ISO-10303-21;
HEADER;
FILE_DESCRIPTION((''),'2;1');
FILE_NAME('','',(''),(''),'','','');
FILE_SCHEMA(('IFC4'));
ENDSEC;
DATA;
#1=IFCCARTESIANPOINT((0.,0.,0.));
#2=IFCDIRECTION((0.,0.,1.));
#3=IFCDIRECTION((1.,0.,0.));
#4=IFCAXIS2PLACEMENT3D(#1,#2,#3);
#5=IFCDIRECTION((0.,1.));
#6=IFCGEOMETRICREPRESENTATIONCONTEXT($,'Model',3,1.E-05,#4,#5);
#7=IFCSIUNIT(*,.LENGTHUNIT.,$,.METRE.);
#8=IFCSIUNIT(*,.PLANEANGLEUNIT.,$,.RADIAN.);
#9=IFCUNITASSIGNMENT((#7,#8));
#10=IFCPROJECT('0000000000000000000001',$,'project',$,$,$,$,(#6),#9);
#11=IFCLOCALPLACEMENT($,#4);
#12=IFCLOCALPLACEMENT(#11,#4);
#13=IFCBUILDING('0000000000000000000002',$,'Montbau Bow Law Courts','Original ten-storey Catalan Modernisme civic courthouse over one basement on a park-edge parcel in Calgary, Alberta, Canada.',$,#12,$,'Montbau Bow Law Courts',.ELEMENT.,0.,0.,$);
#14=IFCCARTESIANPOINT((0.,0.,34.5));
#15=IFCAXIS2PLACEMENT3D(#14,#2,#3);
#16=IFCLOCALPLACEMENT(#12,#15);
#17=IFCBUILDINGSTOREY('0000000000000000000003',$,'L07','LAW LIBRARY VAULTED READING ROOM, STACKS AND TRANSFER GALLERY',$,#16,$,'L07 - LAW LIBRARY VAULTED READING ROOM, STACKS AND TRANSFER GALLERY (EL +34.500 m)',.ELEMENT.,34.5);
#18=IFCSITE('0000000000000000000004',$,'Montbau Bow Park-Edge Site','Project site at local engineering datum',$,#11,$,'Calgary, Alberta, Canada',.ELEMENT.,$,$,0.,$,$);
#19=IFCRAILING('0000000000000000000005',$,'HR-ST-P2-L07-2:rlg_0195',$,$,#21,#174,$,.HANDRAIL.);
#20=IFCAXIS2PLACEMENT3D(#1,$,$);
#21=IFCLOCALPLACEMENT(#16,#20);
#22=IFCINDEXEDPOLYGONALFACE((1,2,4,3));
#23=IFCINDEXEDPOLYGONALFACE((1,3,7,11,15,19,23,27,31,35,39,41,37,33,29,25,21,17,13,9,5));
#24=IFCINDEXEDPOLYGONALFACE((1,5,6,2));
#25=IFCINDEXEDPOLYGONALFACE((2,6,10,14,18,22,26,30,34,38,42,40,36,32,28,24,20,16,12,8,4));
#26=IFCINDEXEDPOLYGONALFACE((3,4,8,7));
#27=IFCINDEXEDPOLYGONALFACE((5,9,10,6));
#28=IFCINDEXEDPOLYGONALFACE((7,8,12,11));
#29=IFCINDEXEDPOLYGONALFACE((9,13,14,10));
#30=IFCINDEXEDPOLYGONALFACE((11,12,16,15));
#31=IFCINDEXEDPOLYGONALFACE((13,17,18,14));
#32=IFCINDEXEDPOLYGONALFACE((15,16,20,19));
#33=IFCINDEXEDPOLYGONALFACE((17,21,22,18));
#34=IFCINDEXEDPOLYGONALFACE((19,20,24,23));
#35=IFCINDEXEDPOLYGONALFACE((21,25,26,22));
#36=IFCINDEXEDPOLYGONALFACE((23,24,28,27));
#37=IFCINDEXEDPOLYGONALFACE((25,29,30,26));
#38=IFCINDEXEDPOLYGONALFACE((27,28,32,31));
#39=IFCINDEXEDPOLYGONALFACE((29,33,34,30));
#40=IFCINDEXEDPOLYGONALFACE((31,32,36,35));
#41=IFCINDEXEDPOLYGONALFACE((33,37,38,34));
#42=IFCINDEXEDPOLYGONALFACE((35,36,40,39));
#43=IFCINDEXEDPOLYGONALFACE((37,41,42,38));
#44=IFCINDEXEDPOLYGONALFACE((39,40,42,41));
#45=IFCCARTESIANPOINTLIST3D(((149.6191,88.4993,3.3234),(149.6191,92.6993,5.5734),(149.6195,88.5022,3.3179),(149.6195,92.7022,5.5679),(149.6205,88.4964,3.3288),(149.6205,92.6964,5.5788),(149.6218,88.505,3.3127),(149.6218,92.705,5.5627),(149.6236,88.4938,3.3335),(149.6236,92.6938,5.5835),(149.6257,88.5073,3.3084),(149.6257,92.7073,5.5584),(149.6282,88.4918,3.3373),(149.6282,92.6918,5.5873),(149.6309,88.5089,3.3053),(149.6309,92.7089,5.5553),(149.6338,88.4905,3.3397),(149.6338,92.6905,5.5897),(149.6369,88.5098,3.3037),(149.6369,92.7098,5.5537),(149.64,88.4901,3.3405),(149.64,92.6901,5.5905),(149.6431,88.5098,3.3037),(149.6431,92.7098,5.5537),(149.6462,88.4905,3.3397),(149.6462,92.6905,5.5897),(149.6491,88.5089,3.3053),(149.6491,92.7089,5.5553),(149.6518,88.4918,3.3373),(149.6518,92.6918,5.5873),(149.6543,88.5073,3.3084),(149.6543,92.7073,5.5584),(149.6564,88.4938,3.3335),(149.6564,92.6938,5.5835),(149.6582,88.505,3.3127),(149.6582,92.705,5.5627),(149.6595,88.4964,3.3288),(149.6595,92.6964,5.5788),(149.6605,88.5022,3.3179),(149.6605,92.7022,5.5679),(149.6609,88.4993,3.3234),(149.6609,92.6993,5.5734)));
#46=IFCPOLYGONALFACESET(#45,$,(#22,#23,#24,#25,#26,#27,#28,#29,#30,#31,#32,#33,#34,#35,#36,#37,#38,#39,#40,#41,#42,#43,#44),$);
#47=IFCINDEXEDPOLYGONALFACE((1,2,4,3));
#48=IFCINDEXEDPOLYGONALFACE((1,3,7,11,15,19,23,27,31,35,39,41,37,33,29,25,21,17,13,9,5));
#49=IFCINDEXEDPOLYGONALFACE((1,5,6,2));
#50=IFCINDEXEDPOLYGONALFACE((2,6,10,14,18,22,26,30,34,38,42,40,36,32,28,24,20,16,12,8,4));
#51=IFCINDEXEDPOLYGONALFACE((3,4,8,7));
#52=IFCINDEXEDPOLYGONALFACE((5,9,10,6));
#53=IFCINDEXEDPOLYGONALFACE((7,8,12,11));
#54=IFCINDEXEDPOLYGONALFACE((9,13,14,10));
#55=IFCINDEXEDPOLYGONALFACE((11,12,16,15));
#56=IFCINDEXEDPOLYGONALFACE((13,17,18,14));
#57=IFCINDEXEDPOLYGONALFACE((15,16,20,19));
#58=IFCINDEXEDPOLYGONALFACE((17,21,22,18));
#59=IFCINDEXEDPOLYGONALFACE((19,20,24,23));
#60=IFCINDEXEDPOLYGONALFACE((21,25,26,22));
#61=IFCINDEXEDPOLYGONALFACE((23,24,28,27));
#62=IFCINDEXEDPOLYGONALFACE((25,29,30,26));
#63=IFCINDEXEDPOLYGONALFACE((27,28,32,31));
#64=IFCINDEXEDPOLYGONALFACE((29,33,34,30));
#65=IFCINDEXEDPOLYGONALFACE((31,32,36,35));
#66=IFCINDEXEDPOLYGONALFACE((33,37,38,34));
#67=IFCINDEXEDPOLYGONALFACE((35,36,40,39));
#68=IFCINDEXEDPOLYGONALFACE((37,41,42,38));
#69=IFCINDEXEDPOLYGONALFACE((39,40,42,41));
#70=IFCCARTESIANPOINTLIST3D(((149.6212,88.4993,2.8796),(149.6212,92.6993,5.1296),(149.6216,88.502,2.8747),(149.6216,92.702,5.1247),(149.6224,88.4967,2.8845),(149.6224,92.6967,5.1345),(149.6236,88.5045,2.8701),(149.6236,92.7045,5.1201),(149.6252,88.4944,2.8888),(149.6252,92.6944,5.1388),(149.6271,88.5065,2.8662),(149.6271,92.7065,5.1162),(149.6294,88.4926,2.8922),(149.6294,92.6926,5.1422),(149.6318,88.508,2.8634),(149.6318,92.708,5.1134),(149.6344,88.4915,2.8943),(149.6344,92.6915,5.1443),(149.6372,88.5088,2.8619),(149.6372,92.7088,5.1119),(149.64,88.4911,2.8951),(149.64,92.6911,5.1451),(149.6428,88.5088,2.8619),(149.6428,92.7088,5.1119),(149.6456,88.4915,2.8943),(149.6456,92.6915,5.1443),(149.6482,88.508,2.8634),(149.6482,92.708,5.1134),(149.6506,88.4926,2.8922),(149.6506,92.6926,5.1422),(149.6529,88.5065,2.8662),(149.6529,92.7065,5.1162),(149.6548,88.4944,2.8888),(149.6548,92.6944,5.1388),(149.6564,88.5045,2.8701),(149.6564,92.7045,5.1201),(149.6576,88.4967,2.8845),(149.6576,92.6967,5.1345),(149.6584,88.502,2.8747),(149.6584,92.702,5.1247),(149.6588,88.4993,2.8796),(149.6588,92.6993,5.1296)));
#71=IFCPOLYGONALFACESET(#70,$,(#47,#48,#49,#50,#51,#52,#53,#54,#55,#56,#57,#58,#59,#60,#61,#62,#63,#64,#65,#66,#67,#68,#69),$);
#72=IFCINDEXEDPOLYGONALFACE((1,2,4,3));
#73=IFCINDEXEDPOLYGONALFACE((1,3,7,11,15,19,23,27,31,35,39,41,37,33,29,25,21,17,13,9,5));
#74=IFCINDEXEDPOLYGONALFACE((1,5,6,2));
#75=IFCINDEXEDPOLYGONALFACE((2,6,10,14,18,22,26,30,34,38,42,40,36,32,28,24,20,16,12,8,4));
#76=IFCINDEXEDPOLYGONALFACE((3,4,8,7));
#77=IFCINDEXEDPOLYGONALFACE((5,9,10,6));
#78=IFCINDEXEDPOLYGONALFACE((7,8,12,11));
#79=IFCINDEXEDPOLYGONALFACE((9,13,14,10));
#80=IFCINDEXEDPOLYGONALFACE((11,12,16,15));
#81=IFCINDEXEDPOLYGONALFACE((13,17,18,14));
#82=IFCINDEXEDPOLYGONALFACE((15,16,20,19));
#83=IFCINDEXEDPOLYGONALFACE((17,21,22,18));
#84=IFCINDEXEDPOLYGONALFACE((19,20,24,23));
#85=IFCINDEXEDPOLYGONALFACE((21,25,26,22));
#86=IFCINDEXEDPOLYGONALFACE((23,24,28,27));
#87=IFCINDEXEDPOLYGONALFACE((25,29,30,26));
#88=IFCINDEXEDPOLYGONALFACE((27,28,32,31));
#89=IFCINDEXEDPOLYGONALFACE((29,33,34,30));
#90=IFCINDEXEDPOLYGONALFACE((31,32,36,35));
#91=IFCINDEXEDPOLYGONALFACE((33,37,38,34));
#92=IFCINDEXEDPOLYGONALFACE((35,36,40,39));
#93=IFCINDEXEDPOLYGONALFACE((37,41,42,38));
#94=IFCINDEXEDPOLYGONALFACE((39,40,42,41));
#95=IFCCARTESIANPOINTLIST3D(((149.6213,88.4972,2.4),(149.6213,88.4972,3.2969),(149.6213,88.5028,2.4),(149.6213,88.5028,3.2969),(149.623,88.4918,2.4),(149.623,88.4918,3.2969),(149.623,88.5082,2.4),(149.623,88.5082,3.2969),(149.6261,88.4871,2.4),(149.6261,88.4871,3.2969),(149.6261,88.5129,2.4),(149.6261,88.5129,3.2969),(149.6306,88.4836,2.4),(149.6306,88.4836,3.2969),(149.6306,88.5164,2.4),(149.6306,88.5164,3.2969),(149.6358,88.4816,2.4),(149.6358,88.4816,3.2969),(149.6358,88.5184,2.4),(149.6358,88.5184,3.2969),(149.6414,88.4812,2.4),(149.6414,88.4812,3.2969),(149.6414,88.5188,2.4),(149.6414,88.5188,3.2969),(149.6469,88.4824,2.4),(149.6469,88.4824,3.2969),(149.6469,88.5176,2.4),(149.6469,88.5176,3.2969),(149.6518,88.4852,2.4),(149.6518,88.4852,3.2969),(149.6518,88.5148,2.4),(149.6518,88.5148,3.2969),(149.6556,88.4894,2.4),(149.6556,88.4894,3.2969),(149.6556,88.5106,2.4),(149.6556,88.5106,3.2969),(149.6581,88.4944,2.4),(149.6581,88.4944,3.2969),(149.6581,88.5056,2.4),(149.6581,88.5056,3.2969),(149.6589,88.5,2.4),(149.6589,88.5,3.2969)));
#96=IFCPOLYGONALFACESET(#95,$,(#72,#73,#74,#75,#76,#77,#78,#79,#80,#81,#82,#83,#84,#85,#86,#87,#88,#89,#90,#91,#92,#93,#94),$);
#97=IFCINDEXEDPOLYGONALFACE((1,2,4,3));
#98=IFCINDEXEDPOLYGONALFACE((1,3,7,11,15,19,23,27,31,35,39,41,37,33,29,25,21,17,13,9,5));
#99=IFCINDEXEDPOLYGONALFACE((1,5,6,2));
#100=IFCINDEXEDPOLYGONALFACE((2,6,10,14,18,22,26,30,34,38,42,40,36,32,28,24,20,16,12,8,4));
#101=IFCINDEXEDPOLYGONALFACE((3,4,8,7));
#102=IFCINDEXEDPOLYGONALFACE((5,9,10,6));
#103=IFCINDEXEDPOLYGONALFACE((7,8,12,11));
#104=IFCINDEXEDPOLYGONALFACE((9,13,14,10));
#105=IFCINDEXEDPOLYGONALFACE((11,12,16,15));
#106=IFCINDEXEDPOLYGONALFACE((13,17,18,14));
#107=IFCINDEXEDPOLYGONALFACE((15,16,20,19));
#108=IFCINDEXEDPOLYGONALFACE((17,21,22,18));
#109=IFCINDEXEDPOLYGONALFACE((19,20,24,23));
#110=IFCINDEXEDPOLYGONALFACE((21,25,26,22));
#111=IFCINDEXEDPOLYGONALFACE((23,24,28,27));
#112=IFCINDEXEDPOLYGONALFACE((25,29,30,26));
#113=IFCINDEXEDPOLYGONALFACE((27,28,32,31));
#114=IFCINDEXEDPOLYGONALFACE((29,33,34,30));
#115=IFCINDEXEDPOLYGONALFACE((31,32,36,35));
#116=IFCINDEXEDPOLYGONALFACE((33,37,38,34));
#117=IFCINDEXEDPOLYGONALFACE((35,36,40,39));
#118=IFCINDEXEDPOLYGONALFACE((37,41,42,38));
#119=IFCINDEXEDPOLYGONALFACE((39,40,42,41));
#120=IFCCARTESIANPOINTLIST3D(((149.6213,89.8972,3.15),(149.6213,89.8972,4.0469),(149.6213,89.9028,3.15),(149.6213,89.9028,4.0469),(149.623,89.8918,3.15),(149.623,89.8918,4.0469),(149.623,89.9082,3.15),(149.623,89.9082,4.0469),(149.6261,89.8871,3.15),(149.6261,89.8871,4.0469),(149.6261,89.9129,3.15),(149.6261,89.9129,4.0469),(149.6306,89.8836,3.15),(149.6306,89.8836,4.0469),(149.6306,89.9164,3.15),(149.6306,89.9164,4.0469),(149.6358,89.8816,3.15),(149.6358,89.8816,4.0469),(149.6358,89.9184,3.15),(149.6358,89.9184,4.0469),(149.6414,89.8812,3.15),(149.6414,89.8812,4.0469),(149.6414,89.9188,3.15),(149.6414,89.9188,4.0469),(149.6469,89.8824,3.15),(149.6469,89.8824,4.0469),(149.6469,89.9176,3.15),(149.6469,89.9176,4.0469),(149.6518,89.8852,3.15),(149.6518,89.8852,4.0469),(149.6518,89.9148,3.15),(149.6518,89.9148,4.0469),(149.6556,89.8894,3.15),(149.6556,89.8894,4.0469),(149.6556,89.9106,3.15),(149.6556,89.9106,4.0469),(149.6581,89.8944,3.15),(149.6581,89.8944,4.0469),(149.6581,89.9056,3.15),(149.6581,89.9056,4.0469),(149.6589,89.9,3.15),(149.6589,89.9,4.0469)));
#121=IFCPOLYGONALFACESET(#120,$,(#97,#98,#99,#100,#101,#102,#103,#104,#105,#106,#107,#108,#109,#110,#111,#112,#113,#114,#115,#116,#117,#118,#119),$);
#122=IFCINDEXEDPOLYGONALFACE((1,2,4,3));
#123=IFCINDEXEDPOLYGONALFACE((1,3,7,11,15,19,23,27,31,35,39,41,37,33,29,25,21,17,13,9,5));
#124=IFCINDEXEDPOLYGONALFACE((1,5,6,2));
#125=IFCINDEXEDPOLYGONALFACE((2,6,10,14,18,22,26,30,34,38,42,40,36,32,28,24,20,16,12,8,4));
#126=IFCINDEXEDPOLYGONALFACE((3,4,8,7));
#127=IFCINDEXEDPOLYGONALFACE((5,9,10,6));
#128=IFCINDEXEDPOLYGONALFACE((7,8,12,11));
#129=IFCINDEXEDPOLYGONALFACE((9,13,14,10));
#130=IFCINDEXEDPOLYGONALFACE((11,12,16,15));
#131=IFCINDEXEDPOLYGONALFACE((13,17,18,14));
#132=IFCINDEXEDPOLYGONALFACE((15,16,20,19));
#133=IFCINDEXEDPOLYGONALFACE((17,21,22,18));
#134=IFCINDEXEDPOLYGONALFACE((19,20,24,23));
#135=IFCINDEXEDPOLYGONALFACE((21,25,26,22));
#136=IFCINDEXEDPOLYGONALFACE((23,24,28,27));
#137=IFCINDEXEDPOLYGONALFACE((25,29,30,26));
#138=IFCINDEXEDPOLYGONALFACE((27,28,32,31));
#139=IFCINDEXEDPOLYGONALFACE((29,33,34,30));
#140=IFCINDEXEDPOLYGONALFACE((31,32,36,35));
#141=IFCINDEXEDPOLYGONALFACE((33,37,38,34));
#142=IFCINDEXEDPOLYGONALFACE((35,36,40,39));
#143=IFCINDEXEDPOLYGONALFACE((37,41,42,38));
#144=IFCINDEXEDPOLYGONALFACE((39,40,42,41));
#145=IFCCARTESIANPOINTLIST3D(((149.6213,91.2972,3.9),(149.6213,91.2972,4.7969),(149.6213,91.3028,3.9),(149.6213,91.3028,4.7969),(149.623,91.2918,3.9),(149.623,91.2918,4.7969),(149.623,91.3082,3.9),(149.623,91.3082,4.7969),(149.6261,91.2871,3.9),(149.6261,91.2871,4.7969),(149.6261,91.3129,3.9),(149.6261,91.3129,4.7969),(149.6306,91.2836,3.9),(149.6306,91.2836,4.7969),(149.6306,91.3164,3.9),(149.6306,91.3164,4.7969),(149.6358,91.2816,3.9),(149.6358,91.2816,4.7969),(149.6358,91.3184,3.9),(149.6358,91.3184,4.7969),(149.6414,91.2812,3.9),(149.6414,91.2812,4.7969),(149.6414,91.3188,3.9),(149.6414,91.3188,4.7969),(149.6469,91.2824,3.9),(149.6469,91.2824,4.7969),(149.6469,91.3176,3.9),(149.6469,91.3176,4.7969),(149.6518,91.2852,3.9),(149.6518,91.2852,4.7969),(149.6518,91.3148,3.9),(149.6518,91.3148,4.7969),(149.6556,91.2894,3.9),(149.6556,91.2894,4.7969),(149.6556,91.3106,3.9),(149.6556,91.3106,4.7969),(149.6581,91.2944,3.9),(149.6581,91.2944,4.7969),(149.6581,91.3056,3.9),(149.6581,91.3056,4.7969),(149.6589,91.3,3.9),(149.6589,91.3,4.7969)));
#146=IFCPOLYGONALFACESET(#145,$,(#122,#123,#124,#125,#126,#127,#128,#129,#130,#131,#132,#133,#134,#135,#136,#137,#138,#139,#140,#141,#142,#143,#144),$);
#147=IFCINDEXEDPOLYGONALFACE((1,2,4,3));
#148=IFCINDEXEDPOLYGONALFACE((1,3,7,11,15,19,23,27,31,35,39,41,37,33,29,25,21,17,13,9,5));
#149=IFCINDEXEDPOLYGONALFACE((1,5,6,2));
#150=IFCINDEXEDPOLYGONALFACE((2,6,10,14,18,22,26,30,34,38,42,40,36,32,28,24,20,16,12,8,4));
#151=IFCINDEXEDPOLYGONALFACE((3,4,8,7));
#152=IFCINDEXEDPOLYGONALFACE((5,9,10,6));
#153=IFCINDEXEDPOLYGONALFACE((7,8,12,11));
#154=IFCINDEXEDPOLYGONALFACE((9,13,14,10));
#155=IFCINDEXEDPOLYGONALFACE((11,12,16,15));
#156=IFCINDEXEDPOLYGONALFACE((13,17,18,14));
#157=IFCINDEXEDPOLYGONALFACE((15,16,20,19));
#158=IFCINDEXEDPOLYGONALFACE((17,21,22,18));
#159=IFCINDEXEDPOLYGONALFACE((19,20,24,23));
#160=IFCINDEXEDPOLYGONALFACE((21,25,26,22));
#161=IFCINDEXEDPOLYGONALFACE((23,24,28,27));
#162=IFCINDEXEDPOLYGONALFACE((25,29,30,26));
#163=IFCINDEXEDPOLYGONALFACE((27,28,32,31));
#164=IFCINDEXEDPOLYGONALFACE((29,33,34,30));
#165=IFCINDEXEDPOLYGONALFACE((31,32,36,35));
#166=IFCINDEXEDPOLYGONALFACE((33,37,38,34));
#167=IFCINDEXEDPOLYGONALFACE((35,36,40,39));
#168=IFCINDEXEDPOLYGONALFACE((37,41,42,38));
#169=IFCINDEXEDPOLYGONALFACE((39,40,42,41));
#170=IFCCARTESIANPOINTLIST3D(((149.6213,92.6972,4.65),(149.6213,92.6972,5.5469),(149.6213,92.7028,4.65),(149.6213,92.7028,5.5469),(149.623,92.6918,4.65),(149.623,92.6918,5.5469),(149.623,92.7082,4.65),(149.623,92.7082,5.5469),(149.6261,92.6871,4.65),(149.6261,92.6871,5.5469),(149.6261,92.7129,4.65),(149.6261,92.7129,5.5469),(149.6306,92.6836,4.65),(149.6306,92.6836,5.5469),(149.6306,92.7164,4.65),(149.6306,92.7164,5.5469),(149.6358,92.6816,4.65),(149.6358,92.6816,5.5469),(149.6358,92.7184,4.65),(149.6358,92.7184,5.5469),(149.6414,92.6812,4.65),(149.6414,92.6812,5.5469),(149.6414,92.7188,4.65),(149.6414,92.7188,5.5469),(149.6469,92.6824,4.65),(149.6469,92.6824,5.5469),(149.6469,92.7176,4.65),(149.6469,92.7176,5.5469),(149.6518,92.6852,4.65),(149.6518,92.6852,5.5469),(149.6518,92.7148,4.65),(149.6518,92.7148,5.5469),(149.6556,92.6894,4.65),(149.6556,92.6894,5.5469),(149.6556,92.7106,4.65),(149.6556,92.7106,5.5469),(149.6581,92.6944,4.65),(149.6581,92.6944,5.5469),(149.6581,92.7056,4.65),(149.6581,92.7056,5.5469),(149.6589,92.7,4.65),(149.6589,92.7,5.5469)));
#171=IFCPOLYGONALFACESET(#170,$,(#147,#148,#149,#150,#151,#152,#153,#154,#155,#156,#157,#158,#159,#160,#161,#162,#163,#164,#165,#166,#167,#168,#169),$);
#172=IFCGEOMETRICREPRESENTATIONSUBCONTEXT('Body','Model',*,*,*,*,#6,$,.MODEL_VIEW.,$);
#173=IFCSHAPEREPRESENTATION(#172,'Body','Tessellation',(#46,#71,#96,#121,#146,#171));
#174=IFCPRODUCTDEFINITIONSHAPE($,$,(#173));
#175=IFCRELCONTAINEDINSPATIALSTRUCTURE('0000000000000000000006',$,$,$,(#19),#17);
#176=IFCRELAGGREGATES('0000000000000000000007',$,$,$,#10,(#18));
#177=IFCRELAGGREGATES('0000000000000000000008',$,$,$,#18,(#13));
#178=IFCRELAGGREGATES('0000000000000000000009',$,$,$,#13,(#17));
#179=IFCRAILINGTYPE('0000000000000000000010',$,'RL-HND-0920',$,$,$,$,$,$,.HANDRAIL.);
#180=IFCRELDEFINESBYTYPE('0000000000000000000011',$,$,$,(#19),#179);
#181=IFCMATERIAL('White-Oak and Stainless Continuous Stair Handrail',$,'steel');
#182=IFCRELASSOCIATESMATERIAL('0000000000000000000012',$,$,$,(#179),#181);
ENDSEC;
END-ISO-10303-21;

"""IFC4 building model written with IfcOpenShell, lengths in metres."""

from ifc_helpers import new_model, si_unit, direction, frame, origin_with_axes, origin_2d_with_axis, place, context, subcontext, project, spatial, circle, extrude, material, type_object, element, save


model = new_model("IFC4")

# Units and contexts
model_context = context("Model", 3, precision=1e-05, world=origin_with_axes(), true_north=direction((0.0, 1.0)))
body_context = subcontext(model_context, "Body", "Model", "MODEL_VIEW")
ifc_project = project(units=[si_unit("LENGTHUNIT", "METRE"), si_unit("PLANEANGLEUNIT", "RADIAN")], contexts=[model_context])

# Site, building, storey
site_placement = place(None, origin_with_axes())
site = spatial("IfcSite", under=ifc_project, at=site_placement, Name="Montbau Bow Park-Edge Site", Description="Project site at local engineering datum", LongName="Calgary, Alberta, Canada", CompositionType="ELEMENT", RefElevation=0.0)
building_placement = place(site_placement, origin_with_axes())
building = spatial("IfcBuilding", under=site, at=building_placement, Name="Montbau Bow Law Courts", Description="Original ten-storey Catalan Modernisme civic courthouse over one basement on a park-edge parcel in Calgary, Alberta, Canada.", LongName="Montbau Bow Law Courts", CompositionType="ELEMENT", ElevationOfRefHeight=0.0, ElevationOfTerrain=0.0)
storey_placement = place(building_placement, frame((0.0, 0.0, 34.5), z_axis=(0.0, 0.0, 1.0), x_axis=(1.0, 0.0, 0.0)))
storey = spatial("IfcBuildingStorey", under=building, at=storey_placement, Name="L07", Description="LAW LIBRARY VAULTED READING ROOM, STACKS AND TRANSFER GALLERY", LongName="L07 - LAW LIBRARY VAULTED READING ROOM, STACKS AND TRANSFER GALLERY (EL +34.500 m)", CompositionType="ELEMENT", Elevation=34.5)

# Railing
ifc_material_1 = material(Name="White-Oak and Stainless Continuous Stair Handrail", Category="steel")
railing_type_1 = type_object("IfcRailingType", Name="RL-HND-0920", PredefinedType="HANDRAIL", material=ifc_material_1)
railing_1_placement = place(None, origin_with_axes())
element("IfcRailing", 1, at=railing_1_placement, inside=storey, type_object=railing_type_1, Name="HR-ST-P2-L07-2:rlg_0195", PredefinedType="HANDRAIL", context=body_context, shape_type="SweptSolid", body=[
    extrude(circle(Radius=0.021, at=origin_2d_with_axis()), frame((149.64, 88.5, 37.822), z_axis=(0.0, 0.88148, 0.472221), x_axis=(0.0, -0.472221, 0.88148)), (0.0, 0.0, 1.0), 4.7647),
    extrude(circle(Radius=0.0189, at=origin_2d_with_axis()), frame((149.64, 88.5, 37.3784), z_axis=(0.0, 0.88148, 0.472221), x_axis=(0.0, -0.472221, 0.88148)), (0.0, 0.0, 1.0), 4.7647),
    extrude(circle(Radius=0.0189, at=origin_2d_with_axis()), frame((149.64, 88.5, 36.9), z_axis=(0.0, 0.0, 1.0), x_axis=(1.0, 0.0, 0.0)), (0.0, 0.0, 1.0), 0.8969),
    extrude(circle(Radius=0.0189, at=origin_2d_with_axis()), frame((149.64, 89.9, 37.65), z_axis=(0.0, 0.0, 1.0), x_axis=(1.0, 0.0, 0.0)), (0.0, 0.0, 1.0), 0.8969),
    extrude(circle(Radius=0.0189, at=origin_2d_with_axis()), frame((149.64, 91.3, 38.4), z_axis=(0.0, 0.0, 1.0), x_axis=(1.0, 0.0, 0.0)), (0.0, 0.0, 1.0), 0.8969),
    extrude(circle(Radius=0.0189, at=origin_2d_with_axis()), frame((149.64, 92.7, 39.15), z_axis=(0.0, 0.0, 1.0), x_axis=(1.0, 0.0, 0.0)), (0.0, 0.0, 1.0), 0.8969),
])

save(model, "model.ifc")
